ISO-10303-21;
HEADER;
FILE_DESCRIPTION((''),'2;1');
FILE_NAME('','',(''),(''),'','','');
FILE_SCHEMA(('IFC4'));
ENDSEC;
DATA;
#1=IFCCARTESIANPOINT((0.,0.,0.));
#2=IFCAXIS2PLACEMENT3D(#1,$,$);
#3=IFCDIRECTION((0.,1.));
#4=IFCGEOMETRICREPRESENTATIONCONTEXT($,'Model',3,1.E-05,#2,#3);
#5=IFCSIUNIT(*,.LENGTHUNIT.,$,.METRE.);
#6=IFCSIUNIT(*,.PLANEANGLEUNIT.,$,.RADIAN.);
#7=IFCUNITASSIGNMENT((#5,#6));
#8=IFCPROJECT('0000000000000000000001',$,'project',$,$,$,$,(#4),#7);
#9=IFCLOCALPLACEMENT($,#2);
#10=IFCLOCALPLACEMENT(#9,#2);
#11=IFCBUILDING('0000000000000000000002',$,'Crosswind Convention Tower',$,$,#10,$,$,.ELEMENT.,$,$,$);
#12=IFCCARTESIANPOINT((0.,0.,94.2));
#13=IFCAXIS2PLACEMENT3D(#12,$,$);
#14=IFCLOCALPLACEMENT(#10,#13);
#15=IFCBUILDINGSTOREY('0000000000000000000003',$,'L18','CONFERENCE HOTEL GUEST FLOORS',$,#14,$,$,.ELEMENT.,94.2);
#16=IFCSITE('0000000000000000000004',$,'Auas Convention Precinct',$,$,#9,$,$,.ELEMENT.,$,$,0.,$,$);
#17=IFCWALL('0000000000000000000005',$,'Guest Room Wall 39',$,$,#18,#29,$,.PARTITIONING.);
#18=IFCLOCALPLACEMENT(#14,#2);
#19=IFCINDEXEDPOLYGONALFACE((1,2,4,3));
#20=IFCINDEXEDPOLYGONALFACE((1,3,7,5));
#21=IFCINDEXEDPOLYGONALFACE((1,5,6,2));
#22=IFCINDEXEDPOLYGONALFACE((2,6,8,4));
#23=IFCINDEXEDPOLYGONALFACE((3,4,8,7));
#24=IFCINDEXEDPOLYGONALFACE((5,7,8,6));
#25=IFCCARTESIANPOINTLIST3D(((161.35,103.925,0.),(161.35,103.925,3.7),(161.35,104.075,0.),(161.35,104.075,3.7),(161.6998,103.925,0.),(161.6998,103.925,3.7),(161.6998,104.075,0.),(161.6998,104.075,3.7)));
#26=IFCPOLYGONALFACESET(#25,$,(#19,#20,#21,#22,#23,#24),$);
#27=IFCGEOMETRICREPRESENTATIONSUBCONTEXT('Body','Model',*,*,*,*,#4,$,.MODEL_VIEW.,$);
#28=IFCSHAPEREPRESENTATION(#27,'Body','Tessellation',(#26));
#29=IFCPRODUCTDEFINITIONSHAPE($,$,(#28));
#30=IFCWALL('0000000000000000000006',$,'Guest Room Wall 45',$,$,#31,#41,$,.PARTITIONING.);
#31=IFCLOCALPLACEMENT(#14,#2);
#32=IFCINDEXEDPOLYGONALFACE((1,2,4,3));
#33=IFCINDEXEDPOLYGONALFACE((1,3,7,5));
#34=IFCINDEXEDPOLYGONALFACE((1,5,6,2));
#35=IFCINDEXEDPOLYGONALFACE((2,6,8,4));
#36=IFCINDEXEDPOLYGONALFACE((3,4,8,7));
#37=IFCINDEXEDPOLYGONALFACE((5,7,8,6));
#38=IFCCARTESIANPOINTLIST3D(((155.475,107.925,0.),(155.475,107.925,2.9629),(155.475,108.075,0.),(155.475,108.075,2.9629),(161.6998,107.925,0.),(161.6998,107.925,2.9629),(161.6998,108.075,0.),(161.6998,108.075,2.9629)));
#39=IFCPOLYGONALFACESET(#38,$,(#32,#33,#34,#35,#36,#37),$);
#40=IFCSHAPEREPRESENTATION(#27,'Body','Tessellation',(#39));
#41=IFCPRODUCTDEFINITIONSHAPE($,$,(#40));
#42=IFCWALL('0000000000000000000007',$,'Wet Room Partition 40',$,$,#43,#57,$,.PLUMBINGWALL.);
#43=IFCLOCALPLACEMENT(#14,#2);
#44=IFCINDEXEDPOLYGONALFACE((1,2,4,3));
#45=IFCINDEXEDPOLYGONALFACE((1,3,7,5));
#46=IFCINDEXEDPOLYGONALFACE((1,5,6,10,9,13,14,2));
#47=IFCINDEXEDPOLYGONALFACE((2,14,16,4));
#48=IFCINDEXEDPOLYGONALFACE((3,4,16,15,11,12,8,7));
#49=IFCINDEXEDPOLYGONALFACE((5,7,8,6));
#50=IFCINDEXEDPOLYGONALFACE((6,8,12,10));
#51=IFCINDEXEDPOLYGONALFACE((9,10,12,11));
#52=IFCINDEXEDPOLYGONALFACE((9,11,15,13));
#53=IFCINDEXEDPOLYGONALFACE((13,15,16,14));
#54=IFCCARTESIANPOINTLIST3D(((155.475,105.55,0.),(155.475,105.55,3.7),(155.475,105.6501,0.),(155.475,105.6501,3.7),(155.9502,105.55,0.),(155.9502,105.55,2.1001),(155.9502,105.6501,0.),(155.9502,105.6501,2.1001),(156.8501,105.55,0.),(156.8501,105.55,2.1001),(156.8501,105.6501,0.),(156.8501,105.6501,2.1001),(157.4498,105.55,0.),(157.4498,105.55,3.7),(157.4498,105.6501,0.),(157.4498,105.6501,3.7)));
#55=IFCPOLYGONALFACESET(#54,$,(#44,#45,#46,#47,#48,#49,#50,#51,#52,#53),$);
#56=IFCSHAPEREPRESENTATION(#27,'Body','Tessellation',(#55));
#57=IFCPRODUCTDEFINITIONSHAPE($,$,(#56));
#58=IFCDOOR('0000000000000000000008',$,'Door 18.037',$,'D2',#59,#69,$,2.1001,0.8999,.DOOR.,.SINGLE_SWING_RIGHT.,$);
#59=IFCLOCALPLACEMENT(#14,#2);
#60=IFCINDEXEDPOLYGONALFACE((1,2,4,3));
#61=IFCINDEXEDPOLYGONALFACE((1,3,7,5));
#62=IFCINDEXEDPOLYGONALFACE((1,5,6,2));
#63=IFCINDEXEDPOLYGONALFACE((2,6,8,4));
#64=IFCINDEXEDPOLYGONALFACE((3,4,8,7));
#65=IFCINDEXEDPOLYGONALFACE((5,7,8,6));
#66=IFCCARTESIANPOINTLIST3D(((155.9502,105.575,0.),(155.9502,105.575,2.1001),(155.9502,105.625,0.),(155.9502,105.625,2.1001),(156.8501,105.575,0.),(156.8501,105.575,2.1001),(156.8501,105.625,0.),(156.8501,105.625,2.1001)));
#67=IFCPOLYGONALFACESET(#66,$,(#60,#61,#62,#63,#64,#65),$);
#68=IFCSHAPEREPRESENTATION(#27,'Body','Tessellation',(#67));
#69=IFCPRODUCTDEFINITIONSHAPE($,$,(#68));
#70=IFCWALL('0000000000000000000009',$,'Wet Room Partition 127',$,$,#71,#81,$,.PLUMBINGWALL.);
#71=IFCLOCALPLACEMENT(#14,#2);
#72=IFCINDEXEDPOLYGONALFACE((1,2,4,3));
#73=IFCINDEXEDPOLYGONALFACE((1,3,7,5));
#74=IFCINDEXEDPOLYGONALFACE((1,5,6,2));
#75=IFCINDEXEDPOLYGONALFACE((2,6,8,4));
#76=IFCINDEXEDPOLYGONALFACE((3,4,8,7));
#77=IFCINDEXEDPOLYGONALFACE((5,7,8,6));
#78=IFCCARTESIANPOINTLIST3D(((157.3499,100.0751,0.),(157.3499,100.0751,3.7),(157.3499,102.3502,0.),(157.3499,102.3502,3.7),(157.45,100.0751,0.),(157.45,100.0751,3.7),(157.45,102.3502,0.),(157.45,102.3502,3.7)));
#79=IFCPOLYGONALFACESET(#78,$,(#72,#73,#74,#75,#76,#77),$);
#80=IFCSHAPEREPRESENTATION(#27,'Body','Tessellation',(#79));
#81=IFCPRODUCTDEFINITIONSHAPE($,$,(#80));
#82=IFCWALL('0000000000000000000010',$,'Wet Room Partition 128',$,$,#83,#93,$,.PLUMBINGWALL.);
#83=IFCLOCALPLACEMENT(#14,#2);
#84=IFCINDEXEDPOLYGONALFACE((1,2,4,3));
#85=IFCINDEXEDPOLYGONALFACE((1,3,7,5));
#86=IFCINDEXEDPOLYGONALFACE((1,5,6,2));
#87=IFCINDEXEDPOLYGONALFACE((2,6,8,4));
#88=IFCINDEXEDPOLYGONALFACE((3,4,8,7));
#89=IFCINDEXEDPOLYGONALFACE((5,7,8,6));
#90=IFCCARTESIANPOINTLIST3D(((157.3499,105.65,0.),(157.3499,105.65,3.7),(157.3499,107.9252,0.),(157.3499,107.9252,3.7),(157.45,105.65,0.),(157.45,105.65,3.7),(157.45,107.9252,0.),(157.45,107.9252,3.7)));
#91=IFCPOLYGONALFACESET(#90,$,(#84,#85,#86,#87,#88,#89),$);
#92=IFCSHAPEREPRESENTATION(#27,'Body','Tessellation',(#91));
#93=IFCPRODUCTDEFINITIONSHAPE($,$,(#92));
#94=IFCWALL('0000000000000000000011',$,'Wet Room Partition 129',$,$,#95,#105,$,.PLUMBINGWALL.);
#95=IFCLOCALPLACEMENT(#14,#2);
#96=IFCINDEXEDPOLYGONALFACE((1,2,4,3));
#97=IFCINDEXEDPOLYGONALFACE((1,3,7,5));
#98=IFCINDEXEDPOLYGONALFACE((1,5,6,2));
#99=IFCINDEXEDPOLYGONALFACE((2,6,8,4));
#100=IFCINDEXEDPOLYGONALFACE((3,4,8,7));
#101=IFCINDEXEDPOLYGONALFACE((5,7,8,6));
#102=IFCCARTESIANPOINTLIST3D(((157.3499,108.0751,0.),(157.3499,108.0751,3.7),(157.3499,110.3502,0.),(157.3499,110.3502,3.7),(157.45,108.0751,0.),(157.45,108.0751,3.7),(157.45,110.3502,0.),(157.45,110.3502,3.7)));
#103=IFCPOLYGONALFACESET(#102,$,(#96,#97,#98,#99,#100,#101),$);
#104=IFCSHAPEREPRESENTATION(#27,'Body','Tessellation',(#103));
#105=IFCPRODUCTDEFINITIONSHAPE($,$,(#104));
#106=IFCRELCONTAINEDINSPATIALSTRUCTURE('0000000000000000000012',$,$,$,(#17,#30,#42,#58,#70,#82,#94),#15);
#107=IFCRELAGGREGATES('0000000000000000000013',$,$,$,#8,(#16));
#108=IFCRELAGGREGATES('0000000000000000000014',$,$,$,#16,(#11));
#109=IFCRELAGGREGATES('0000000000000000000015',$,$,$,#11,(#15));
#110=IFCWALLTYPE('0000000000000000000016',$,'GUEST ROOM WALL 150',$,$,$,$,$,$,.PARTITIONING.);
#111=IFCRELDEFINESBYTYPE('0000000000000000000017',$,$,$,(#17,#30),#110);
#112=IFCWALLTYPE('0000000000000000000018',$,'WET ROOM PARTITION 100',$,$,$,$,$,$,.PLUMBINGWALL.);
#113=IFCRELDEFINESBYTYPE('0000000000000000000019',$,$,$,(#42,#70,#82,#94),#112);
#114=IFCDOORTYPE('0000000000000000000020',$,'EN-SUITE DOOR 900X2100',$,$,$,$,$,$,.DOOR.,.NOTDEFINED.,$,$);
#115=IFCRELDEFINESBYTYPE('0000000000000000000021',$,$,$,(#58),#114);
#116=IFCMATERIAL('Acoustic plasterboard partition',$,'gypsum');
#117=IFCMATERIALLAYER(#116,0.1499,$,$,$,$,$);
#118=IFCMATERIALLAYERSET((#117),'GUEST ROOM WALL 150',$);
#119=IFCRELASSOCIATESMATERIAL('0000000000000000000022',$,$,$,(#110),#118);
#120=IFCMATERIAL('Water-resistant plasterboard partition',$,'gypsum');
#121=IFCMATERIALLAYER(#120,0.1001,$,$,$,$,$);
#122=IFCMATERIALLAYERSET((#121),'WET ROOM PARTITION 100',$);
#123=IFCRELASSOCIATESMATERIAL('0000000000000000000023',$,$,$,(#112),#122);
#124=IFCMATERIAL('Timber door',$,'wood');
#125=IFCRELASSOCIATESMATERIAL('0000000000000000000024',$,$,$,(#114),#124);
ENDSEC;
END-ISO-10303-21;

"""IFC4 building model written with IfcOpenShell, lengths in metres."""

from ifc_helpers import new_model, si_unit, direction, frame, frame_2d, origin, place, context, subcontext, project, spatial, rectangle, extrude, material, layer, layer_set, type_object, element, fill, save


model = new_model("IFC4")

# Units and contexts
model_context = context("Model", 3, precision=1e-05, world=origin(), true_north=direction((0.0, 1.0)))
body_context = subcontext(model_context, "Body", "Model", "MODEL_VIEW")
ifc_project = project(units=[si_unit("LENGTHUNIT", "METRE"), si_unit("PLANEANGLEUNIT", "RADIAN")], contexts=[model_context])

# Site, building, storey
site_placement = place(None, origin())
site = spatial("IfcSite", under=ifc_project, at=site_placement, Name="Auas Convention Precinct", CompositionType="ELEMENT", RefElevation=0.0)
building_placement = place(site_placement, origin())
building = spatial("IfcBuilding", under=site, at=building_placement, Name="Crosswind Convention Tower", CompositionType="ELEMENT")
storey_placement = place(building_placement, frame((0.0, 0.0, 94.2)))
storey = spatial("IfcBuildingStorey", under=building, at=storey_placement, Name="L18", Description="CONFERENCE HOTEL GUEST FLOORS", CompositionType="ELEMENT", Elevation=94.2)

# Walls
ifc_material_1 = material(Name="Acoustic plasterboard partition", Category="gypsum")
ifc_layer_1 = layer(ifc_material_1, 0.1499)
ifc_layer_set_1 = layer_set([ifc_layer_1], Name="GUEST ROOM WALL 150")
wall_type_1 = type_object("IfcWallType", Name="GUEST ROOM WALL 150", PredefinedType="PARTITIONING", material=ifc_layer_set_1)
wall_1_placement = place(storey_placement, frame((161.3501, 104.0, 0.0), z_axis=(0.0, 0.0, 1.0), x_axis=(1.0, 0.0, 0.0)))
element("IfcWall", 1, at=wall_1_placement, inside=storey, type_object=wall_type_1, Name="Guest Room Wall 39", PredefinedType="PARTITIONING", context=body_context, shape_type="SweptSolid", body=[
    extrude(rectangle(XDim=0.3499, YDim=0.1499, at=frame_2d((0.1748, 0.0))), origin(), (0.0, 0.0, 1.0), 3.7),
])
wall_2_placement = place(storey_placement, frame((155.4751, 108.0, 0.0), z_axis=(0.0, 0.0, 1.0), x_axis=(1.0, 0.0, 0.0)))
element("IfcWall", 2, at=wall_2_placement, inside=storey, type_object=wall_type_1, Name="Guest Room Wall 45", PredefinedType="PARTITIONING", context=body_context, shape_type="SweptSolid", body=[
    extrude(rectangle(XDim=6.2249, YDim=0.1499, at=frame_2d((3.1123, 0.0))), origin(), (0.0, 0.0, 1.0), 2.9629),
])

# Wall, opening, door
ifc_material_2 = material(Name="Water-resistant plasterboard partition", Category="gypsum")
ifc_layer_2 = layer(ifc_material_2, 0.1001)
ifc_layer_set_2 = layer_set([ifc_layer_2], Name="WET ROOM PARTITION 100")
wall_type_2 = type_object("IfcWallType", Name="WET ROOM PARTITION 100", PredefinedType="PLUMBINGWALL", material=ifc_layer_set_2)
wall_3_placement = place(storey_placement, frame((155.4751, 105.6001, 0.0), z_axis=(0.0, 0.0, 1.0), x_axis=(1.0, 0.0, 0.0)))
wall_3 = element("IfcWall", 3, at=wall_3_placement, inside=storey, type_object=wall_type_2, Name="Wet Room Partition 40", PredefinedType="PLUMBINGWALL", context=body_context, shape_type="SweptSolid", body=[
    extrude(rectangle(XDim=1.9749, YDim=0.1001, at=frame_2d((0.9873, 0.0))), origin(), (0.0, 0.0, 1.0), 3.7),
])
opening_placement = place(wall_3_placement, frame((0.4751, 0.0, 0.0)))
opening = element("IfcOpeningElement", 4, at=opening_placement, cuts=wall_3, PredefinedType="OPENING", context=body_context, shape_type="SweptSolid", body=[
    extrude(rectangle(XDim=0.8999, YDim=2.1001, at=frame_2d((0.45, 1.05))), frame((0.0, 0.0601, 0.0), z_axis=(0.0, -1.0, 0.0), x_axis=(1.0, 0.0, 0.0)), (0.0, 0.0, 1.0), 0.1201),
])
ifc_material_3 = material(Name="Timber door", Category="wood")
door_type = type_object("IfcDoorType", Name="EN-SUITE DOOR 900X2100", OperationType="NOTDEFINED", PredefinedType="DOOR", material=ifc_material_3)
door_placement = place(opening_placement, origin())
door = element("IfcDoor", 5, at=door_placement, inside=storey, type_object=door_type, Name="Door 18.037", ObjectType="D2", OperationType="SINGLE_SWING_RIGHT", OverallHeight=2.1001, OverallWidth=0.8999, PredefinedType="DOOR", context=body_context, shape_type="SweptSolid", body=[
    extrude(rectangle(XDim=0.8999, YDim=2.1001, at=frame_2d((0.45, 1.05))), frame((0.0, 0.0249, 0.0), z_axis=(0.0, -1.0, 0.0), x_axis=(1.0, 0.0, 0.0)), (0.0, 0.0, 1.0), 0.05),
])
fill(opening, door)

# Walls
for number, where, z_axis, x_axis, name in (
    (6, (157.3999, 100.075, 0.0), (0.0, 0.0, 1.0), (0.0, 1.0, 0.0), "Wet Room Partition 127"),
    (7, (157.3999, 105.6499, 0.0), (0.0, 0.0, 1.0), (0.0, 1.0, 0.0), "Wet Room Partition 128"),
    (8, (157.3999, 108.075, 0.0), (0.0, 0.0, 1.0), (0.0, 1.0, 0.0), "Wet Room Partition 129"),
):
    element("IfcWall", number, at=place(storey_placement, frame(where, z_axis=z_axis, x_axis=x_axis)), inside=storey, type_object=wall_type_2, Name=name, PredefinedType="PLUMBINGWALL", context=body_context, shape_type="SweptSolid", body=[
        extrude(rectangle(XDim=2.2751, YDim=0.1001, at=frame_2d((1.1377, 0.0))), origin(), (0.0, 0.0, 1.0), 3.7),
    ])

save(model, "model.ifc")
